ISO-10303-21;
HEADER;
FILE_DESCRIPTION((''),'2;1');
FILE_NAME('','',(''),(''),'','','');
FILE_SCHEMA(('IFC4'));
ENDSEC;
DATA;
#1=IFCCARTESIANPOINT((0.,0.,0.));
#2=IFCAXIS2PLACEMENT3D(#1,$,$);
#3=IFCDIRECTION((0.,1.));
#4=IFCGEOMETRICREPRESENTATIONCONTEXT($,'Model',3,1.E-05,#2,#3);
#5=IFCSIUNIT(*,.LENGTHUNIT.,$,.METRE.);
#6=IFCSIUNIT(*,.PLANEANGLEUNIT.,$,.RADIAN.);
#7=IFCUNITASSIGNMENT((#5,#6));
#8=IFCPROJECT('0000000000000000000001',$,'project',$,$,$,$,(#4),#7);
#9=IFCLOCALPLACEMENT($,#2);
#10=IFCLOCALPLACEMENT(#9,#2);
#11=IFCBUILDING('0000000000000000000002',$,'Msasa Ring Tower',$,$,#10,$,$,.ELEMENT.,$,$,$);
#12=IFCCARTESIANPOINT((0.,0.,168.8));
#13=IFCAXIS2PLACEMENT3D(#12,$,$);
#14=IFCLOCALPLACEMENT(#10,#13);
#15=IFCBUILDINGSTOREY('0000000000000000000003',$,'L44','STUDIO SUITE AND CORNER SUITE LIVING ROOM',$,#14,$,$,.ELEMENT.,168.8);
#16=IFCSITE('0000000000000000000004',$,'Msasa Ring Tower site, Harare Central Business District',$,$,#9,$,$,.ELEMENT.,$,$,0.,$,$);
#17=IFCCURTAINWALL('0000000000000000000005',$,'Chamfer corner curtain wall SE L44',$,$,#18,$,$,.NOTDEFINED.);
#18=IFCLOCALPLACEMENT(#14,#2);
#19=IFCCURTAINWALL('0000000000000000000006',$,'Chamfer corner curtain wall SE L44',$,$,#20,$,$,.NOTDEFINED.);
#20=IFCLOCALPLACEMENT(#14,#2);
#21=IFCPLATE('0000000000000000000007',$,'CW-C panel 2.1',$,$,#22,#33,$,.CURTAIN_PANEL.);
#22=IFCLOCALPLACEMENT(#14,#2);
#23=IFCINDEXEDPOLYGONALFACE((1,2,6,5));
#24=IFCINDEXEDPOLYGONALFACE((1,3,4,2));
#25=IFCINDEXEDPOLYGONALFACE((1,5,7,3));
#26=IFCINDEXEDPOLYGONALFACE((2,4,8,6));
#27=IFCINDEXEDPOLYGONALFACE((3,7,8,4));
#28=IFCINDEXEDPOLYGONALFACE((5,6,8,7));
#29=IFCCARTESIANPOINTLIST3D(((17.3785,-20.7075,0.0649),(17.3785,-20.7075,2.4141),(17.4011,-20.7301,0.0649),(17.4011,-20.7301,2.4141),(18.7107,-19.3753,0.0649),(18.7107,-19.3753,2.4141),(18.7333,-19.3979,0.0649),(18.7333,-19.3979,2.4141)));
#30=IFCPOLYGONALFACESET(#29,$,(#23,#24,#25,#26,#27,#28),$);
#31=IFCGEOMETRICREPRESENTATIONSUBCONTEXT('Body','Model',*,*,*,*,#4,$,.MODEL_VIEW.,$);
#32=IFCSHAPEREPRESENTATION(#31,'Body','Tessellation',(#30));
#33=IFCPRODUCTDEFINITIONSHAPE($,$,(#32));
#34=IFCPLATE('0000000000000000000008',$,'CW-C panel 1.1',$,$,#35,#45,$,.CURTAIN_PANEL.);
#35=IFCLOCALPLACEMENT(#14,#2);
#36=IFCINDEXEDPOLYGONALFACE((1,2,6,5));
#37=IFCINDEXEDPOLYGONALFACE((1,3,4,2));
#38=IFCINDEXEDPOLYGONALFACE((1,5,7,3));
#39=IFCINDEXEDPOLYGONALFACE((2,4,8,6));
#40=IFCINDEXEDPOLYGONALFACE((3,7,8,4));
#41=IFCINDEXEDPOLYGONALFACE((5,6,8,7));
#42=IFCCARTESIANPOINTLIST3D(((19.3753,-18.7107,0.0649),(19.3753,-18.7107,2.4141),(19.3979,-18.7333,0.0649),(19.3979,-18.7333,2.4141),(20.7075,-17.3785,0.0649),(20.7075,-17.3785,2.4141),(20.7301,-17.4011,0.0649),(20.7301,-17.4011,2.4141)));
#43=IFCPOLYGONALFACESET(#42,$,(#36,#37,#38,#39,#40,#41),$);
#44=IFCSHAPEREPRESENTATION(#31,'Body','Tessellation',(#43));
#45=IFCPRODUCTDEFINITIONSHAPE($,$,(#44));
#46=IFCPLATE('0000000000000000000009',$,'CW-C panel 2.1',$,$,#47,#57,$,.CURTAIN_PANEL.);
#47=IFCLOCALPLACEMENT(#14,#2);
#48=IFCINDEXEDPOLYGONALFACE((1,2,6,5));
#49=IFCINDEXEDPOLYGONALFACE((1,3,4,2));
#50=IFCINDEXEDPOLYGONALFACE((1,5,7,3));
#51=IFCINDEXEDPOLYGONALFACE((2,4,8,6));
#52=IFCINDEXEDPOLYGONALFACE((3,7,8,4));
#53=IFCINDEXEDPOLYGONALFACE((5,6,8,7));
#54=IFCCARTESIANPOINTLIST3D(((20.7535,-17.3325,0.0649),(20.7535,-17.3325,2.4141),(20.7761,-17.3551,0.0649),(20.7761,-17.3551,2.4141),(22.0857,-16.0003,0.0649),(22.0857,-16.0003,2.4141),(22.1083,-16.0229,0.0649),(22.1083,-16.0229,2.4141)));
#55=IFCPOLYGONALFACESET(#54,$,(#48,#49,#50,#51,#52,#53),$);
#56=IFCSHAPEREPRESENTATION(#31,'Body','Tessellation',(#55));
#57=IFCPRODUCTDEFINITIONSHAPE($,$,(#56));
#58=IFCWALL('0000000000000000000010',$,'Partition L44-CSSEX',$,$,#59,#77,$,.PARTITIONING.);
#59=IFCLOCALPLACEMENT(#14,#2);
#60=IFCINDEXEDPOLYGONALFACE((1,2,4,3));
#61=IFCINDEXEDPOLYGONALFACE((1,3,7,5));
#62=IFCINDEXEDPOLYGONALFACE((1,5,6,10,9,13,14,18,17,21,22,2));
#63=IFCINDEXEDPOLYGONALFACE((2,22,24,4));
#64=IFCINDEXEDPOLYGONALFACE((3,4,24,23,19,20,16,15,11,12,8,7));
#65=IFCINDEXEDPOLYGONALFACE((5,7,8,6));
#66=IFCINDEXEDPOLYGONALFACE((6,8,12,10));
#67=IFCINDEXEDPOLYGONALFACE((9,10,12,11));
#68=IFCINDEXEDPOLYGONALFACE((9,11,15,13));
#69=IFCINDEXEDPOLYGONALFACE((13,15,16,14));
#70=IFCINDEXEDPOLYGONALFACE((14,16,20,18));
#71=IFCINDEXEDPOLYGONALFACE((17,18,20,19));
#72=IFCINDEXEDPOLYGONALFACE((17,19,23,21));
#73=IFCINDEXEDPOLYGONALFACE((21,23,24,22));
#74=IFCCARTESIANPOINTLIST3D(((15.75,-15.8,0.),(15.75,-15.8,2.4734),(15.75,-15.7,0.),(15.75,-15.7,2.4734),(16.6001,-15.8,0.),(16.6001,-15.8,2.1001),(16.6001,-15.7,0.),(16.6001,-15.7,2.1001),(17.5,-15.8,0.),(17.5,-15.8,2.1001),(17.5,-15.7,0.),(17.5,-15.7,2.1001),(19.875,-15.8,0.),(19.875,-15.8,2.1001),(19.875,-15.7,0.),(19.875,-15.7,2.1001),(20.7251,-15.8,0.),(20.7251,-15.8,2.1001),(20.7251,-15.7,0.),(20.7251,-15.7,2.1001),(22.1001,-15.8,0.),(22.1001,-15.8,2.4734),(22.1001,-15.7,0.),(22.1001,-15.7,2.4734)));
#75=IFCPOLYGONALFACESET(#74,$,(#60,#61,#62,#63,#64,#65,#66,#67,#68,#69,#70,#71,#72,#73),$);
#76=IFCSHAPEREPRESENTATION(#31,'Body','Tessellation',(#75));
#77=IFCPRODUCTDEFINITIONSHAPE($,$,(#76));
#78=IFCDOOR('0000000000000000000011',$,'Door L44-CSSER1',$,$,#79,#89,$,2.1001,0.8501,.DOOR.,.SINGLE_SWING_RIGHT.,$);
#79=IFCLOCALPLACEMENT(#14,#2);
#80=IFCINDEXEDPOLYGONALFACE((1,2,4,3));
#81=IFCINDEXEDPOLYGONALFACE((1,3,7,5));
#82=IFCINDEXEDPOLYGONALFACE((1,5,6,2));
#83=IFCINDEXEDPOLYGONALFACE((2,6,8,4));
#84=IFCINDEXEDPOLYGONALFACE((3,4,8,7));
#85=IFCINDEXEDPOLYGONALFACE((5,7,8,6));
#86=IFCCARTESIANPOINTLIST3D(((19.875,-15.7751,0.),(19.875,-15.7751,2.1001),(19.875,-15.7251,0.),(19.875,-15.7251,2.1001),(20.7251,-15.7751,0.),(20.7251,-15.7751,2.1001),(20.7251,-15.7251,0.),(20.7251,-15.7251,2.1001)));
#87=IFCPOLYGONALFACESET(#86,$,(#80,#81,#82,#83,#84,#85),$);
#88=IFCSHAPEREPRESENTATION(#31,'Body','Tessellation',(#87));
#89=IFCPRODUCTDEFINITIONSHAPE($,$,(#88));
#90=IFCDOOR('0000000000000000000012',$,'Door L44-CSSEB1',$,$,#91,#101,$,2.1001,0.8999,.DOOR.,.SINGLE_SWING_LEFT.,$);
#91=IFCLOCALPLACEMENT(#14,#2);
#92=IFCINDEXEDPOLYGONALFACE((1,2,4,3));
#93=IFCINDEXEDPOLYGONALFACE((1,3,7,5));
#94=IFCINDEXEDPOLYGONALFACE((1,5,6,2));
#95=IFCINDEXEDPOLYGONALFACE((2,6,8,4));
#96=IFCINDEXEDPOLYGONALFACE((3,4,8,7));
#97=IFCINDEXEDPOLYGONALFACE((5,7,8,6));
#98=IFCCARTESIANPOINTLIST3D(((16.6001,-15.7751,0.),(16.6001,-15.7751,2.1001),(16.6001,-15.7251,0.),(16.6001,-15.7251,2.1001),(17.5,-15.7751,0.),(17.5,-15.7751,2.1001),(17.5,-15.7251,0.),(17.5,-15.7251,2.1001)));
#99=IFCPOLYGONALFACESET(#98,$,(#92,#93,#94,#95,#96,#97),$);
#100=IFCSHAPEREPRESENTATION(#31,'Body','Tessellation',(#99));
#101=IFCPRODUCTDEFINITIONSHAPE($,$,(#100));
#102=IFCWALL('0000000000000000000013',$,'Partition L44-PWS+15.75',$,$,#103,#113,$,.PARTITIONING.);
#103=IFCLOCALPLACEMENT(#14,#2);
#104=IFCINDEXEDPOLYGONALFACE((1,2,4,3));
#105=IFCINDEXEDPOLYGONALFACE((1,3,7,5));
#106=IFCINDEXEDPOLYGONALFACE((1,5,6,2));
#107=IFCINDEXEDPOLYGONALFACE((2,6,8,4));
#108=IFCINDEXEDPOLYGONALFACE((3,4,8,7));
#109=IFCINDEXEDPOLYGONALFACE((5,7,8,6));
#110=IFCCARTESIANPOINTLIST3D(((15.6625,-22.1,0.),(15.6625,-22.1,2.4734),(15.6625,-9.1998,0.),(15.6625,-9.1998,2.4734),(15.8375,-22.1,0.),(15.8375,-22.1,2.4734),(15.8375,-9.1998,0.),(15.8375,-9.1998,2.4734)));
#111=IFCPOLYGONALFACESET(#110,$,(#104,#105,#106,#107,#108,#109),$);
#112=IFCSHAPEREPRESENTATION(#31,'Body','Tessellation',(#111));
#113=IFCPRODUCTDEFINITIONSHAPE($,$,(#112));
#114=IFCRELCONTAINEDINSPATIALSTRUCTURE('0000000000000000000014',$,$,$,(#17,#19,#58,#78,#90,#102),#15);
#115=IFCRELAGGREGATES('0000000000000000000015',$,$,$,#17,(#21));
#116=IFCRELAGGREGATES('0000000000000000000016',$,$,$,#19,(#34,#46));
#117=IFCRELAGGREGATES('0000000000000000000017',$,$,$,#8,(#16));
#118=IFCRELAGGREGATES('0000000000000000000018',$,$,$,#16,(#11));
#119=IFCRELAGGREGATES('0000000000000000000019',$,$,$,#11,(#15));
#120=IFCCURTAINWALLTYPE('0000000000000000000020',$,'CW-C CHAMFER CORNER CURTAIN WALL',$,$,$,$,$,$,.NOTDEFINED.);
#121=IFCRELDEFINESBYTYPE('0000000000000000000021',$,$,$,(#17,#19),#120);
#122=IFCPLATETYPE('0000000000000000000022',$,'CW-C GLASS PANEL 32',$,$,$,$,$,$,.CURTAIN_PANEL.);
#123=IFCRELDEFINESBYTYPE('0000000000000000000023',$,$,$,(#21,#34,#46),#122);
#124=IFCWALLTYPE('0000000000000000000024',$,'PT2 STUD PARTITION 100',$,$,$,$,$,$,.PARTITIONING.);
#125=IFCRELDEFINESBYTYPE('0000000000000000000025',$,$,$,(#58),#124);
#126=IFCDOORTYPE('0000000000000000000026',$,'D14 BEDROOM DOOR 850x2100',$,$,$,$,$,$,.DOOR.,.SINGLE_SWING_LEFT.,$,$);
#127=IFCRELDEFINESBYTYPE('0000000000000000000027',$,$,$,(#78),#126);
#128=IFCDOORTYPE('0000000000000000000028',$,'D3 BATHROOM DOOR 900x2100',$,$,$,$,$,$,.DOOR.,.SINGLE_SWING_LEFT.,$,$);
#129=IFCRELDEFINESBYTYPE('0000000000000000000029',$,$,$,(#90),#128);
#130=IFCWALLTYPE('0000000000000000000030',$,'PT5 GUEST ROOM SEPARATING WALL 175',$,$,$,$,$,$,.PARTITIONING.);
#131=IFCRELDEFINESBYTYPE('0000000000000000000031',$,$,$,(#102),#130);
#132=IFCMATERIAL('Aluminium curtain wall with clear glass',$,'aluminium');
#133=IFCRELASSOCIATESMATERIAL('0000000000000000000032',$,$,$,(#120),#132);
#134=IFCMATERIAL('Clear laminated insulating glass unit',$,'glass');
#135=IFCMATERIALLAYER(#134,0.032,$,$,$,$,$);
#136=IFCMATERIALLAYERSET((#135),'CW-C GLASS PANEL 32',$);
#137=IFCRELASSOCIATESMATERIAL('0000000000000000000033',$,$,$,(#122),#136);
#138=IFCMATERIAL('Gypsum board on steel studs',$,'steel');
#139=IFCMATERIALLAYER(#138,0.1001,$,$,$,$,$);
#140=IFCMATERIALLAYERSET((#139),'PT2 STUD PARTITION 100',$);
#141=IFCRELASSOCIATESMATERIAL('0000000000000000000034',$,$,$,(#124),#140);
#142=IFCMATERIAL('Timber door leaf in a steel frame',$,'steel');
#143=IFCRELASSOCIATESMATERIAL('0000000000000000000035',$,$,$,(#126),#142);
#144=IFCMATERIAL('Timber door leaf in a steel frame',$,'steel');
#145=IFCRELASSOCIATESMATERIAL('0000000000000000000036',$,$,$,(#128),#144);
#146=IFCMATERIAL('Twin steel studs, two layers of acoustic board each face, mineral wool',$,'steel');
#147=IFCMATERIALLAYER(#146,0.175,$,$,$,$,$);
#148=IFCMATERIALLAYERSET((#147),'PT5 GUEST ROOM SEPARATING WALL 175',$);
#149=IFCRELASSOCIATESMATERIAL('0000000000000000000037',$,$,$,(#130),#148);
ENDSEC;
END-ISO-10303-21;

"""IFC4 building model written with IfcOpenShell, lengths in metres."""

from ifc_helpers import new_model, si_unit, direction, frame, frame_2d, origin, origin_2d, place, context, subcontext, project, spatial, rectangle, extrude, material, layer, layer_set, type_object, element, fill, aggregate, save


model = new_model("IFC4")

# Units and contexts
model_context = context("Model", 3, precision=1e-05, world=origin(), true_north=direction((0.0, 1.0)))
body_context = subcontext(model_context, "Body", "Model", "MODEL_VIEW")
ifc_project = project(units=[si_unit("LENGTHUNIT", "METRE"), si_unit("PLANEANGLEUNIT", "RADIAN")], contexts=[model_context])

# Site, building, storey
site_placement = place(None, origin())
site = spatial("IfcSite", under=ifc_project, at=site_placement, Name="Msasa Ring Tower site, Harare Central Business District", CompositionType="ELEMENT", RefElevation=0.0)
building_placement = place(site_placement, origin())
building = spatial("IfcBuilding", under=site, at=building_placement, Name="Msasa Ring Tower", CompositionType="ELEMENT")
storey_placement = place(building_placement, frame((0.0, 0.0, 168.8)))
storey = spatial("IfcBuildingStorey", under=building, at=storey_placement, Name="L44", Description="STUDIO SUITE AND CORNER SUITE LIVING ROOM", CompositionType="ELEMENT", Elevation=168.8)

# Curtain walls
ifc_material_1 = material(Name="Aluminium curtain wall with clear glass", Category="aluminium")
curtain_wall_type = type_object("IfcCurtainWallType", Name="CW-C CHAMFER CORNER CURTAIN WALL", PredefinedType="NOTDEFINED", material=ifc_material_1)
curtain_wall_1_placement = place(storey_placement, origin())
curtain_wall_1 = element("IfcCurtainWall", 1, at=curtain_wall_1_placement, inside=storey, type_object=curtain_wall_type, Name="Chamfer corner curtain wall SE L44", PredefinedType="NOTDEFINED")
curtain_wall_2_placement = place(storey_placement, origin())
curtain_wall_2 = element("IfcCurtainWall", 2, at=curtain_wall_2_placement, inside=storey, type_object=curtain_wall_type, Name="Chamfer corner curtain wall SE L44", PredefinedType="NOTDEFINED")

# Plates
ifc_material_2 = material(Name="Clear laminated insulating glass unit", Category="glass")
ifc_layer_1 = layer(ifc_material_2, 0.032)
ifc_layer_set_1 = layer_set([ifc_layer_1], Name="CW-C GLASS PANEL 32")
plate_type = type_object("IfcPlateType", Name="CW-C GLASS PANEL 32", PredefinedType="CURTAIN_PANEL", material=ifc_layer_set_1)
plate_1_placement = place(storey_placement, frame((18.0559, -20.0527, 0.0649), z_axis=(0.0, 0.0, 1.0), x_axis=(0.707107, 0.707107, 0.0)))
plate_1 = element("IfcPlate", 3, at=plate_1_placement, type_object=plate_type, Name="CW-C panel 2.1", PredefinedType="CURTAIN_PANEL", context=body_context, shape_type="SweptSolid", body=[
    extrude(rectangle(XDim=1.884, YDim=0.032, at=origin_2d()), origin(), (0.0, 0.0, 1.0), 2.3491),
])
aggregate(curtain_wall_1, [plate_1])
plate_2_placement = place(storey_placement, frame((20.0527, -18.0559, 0.0649), z_axis=(0.0, 0.0, 1.0), x_axis=(0.707107, 0.707107, 0.0)))
plate_2 = element("IfcPlate", 4, at=plate_2_placement, type_object=plate_type, Name="CW-C panel 1.1", PredefinedType="CURTAIN_PANEL", context=body_context, shape_type="SweptSolid", body=[
    extrude(rectangle(XDim=1.884, YDim=0.032, at=origin_2d()), origin(), (0.0, 0.0, 1.0), 2.3491),
])
plate_3_placement = place(storey_placement, frame((21.4309, -16.6777, 0.0649), z_axis=(0.0, 0.0, 1.0), x_axis=(0.707107, 0.707107, 0.0)))
plate_3 = element("IfcPlate", 5, at=plate_3_placement, type_object=plate_type, Name="CW-C panel 2.1", PredefinedType="CURTAIN_PANEL", context=body_context, shape_type="SweptSolid", body=[
    extrude(rectangle(XDim=1.884, YDim=0.032, at=origin_2d()), origin(), (0.0, 0.0, 1.0), 2.3491),
])
aggregate(curtain_wall_2, [plate_2, plate_3])

# Wall, openings, doors
ifc_material_3 = material(Name="Gypsum board on steel studs", Category="steel")
ifc_layer_2 = layer(ifc_material_3, 0.1001)
ifc_layer_set_2 = layer_set([ifc_layer_2], Name="PT2 STUD PARTITION 100")
wall_type_1 = type_object("IfcWallType", Name="PT2 STUD PARTITION 100", PredefinedType="PARTITIONING", material=ifc_layer_set_2)
wall_1_placement = place(storey_placement, frame((15.75, -15.75, 0.0), z_axis=(0.0, 0.0, 1.0), x_axis=(1.0, 0.0, 0.0)))
wall_1 = element("IfcWall", 6, at=wall_1_placement, inside=storey, type_object=wall_type_1, Name="Partition L44-CSSEX", PredefinedType="PARTITIONING", context=body_context, shape_type="SweptSolid", body=[
    extrude(rectangle(XDim=6.3501, YDim=0.1001, at=frame_2d((3.175, 0.0))), origin(), (0.0, 0.0, 1.0), 2.4734),
])
opening_1_placement = place(wall_1_placement, frame((4.125, 0.0, 0.0)))
opening_1 = element("IfcOpeningElement", 7, at=opening_1_placement, cuts=wall_1, PredefinedType="OPENING", context=body_context, shape_type="SweptSolid", body=[
    extrude(rectangle(XDim=0.8501, YDim=2.1001, at=frame_2d((0.425, 1.05))), frame((0.0, 0.0601, 0.0), z_axis=(0.0, -1.0, 0.0), x_axis=(1.0, 0.0, 0.0)), (0.0, 0.0, 1.0), 0.1201),
])
opening_2_placement = place(wall_1_placement, frame((0.8501, 0.0, 0.0)))
opening_2 = element("IfcOpeningElement", 8, at=opening_2_placement, cuts=wall_1, PredefinedType="OPENING", context=body_context, shape_type="SweptSolid", body=[
    extrude(rectangle(XDim=0.8999, YDim=2.1001, at=frame_2d((0.45, 1.05))), frame((0.0, 0.0601, 0.0), z_axis=(0.0, -1.0, 0.0), x_axis=(1.0, 0.0, 0.0)), (0.0, 0.0, 1.0), 0.1201),
])
ifc_material_4 = material(Name="Timber door leaf in a steel frame", Category="steel")
door_type_1 = type_object("IfcDoorType", Name="D14 BEDROOM DOOR 850x2100", OperationType="SINGLE_SWING_LEFT", PredefinedType="DOOR", material=ifc_material_4)
door_1_placement = place(opening_1_placement, origin())
door_1 = element("IfcDoor", 9, at=door_1_placement, inside=storey, type_object=door_type_1, Name="Door L44-CSSER1", OperationType="SINGLE_SWING_RIGHT", OverallHeight=2.1001, OverallWidth=0.8501, PredefinedType="DOOR", context=body_context, shape_type="SweptSolid", body=[
    extrude(rectangle(XDim=0.8501, YDim=2.1001, at=frame_2d((0.425, 1.05))), frame((0.0, 0.0249, 0.0), z_axis=(0.0, -1.0, 0.0), x_axis=(1.0, 0.0, 0.0)), (0.0, 0.0, 1.0), 0.05),
])
fill(opening_1, door_1)
ifc_material_5 = material(Name="Timber door leaf in a steel frame", Category="steel")
door_type_2 = type_object("IfcDoorType", Name="D3 BATHROOM DOOR 900x2100", OperationType="SINGLE_SWING_LEFT", PredefinedType="DOOR", material=ifc_material_5)
door_2_placement = place(opening_2_placement, origin())
door_2 = element("IfcDoor", 10, at=door_2_placement, inside=storey, type_object=door_type_2, Name="Door L44-CSSEB1", OperationType="SINGLE_SWING_LEFT", OverallHeight=2.1001, OverallWidth=0.8999, PredefinedType="DOOR", context=body_context, shape_type="SweptSolid", body=[
    extrude(rectangle(XDim=0.8999, YDim=2.1001, at=frame_2d((0.45, 1.05))), frame((0.0, 0.0249, 0.0), z_axis=(0.0, -1.0, 0.0), x_axis=(1.0, 0.0, 0.0)), (0.0, 0.0, 1.0), 0.05),
])
fill(opening_2, door_2)

# Wall
ifc_material_6 = material(Name="Twin steel studs, two layers of acoustic board each face, mineral wool", Category="steel")
ifc_layer_3 = layer(ifc_material_6, 0.175)
ifc_layer_set_3 = layer_set([ifc_layer_3], Name="PT5 GUEST ROOM SEPARATING WALL 175")
wall_type_2 = type_object("IfcWallType", Name="PT5 GUEST ROOM SEPARATING WALL 175", PredefinedType="PARTITIONING", material=ifc_layer_set_3)
wall_2_placement = place(storey_placement, frame((15.75, -22.1001, 0.0), z_axis=(0.0, 0.0, 1.0), x_axis=(0.0, 1.0, 0.0)))
element("IfcWall", 11, at=wall_2_placement, inside=storey, type_object=wall_type_2, Name="Partition L44-PWS+15.75", PredefinedType="PARTITIONING", context=body_context, shape_type="SweptSolid", body=[
    extrude(rectangle(XDim=12.9001, YDim=0.175, at=frame_2d((6.4502, 0.0))), origin(), (0.0, 0.0, 1.0), 2.4734),
])

save(model, "model.ifc")
